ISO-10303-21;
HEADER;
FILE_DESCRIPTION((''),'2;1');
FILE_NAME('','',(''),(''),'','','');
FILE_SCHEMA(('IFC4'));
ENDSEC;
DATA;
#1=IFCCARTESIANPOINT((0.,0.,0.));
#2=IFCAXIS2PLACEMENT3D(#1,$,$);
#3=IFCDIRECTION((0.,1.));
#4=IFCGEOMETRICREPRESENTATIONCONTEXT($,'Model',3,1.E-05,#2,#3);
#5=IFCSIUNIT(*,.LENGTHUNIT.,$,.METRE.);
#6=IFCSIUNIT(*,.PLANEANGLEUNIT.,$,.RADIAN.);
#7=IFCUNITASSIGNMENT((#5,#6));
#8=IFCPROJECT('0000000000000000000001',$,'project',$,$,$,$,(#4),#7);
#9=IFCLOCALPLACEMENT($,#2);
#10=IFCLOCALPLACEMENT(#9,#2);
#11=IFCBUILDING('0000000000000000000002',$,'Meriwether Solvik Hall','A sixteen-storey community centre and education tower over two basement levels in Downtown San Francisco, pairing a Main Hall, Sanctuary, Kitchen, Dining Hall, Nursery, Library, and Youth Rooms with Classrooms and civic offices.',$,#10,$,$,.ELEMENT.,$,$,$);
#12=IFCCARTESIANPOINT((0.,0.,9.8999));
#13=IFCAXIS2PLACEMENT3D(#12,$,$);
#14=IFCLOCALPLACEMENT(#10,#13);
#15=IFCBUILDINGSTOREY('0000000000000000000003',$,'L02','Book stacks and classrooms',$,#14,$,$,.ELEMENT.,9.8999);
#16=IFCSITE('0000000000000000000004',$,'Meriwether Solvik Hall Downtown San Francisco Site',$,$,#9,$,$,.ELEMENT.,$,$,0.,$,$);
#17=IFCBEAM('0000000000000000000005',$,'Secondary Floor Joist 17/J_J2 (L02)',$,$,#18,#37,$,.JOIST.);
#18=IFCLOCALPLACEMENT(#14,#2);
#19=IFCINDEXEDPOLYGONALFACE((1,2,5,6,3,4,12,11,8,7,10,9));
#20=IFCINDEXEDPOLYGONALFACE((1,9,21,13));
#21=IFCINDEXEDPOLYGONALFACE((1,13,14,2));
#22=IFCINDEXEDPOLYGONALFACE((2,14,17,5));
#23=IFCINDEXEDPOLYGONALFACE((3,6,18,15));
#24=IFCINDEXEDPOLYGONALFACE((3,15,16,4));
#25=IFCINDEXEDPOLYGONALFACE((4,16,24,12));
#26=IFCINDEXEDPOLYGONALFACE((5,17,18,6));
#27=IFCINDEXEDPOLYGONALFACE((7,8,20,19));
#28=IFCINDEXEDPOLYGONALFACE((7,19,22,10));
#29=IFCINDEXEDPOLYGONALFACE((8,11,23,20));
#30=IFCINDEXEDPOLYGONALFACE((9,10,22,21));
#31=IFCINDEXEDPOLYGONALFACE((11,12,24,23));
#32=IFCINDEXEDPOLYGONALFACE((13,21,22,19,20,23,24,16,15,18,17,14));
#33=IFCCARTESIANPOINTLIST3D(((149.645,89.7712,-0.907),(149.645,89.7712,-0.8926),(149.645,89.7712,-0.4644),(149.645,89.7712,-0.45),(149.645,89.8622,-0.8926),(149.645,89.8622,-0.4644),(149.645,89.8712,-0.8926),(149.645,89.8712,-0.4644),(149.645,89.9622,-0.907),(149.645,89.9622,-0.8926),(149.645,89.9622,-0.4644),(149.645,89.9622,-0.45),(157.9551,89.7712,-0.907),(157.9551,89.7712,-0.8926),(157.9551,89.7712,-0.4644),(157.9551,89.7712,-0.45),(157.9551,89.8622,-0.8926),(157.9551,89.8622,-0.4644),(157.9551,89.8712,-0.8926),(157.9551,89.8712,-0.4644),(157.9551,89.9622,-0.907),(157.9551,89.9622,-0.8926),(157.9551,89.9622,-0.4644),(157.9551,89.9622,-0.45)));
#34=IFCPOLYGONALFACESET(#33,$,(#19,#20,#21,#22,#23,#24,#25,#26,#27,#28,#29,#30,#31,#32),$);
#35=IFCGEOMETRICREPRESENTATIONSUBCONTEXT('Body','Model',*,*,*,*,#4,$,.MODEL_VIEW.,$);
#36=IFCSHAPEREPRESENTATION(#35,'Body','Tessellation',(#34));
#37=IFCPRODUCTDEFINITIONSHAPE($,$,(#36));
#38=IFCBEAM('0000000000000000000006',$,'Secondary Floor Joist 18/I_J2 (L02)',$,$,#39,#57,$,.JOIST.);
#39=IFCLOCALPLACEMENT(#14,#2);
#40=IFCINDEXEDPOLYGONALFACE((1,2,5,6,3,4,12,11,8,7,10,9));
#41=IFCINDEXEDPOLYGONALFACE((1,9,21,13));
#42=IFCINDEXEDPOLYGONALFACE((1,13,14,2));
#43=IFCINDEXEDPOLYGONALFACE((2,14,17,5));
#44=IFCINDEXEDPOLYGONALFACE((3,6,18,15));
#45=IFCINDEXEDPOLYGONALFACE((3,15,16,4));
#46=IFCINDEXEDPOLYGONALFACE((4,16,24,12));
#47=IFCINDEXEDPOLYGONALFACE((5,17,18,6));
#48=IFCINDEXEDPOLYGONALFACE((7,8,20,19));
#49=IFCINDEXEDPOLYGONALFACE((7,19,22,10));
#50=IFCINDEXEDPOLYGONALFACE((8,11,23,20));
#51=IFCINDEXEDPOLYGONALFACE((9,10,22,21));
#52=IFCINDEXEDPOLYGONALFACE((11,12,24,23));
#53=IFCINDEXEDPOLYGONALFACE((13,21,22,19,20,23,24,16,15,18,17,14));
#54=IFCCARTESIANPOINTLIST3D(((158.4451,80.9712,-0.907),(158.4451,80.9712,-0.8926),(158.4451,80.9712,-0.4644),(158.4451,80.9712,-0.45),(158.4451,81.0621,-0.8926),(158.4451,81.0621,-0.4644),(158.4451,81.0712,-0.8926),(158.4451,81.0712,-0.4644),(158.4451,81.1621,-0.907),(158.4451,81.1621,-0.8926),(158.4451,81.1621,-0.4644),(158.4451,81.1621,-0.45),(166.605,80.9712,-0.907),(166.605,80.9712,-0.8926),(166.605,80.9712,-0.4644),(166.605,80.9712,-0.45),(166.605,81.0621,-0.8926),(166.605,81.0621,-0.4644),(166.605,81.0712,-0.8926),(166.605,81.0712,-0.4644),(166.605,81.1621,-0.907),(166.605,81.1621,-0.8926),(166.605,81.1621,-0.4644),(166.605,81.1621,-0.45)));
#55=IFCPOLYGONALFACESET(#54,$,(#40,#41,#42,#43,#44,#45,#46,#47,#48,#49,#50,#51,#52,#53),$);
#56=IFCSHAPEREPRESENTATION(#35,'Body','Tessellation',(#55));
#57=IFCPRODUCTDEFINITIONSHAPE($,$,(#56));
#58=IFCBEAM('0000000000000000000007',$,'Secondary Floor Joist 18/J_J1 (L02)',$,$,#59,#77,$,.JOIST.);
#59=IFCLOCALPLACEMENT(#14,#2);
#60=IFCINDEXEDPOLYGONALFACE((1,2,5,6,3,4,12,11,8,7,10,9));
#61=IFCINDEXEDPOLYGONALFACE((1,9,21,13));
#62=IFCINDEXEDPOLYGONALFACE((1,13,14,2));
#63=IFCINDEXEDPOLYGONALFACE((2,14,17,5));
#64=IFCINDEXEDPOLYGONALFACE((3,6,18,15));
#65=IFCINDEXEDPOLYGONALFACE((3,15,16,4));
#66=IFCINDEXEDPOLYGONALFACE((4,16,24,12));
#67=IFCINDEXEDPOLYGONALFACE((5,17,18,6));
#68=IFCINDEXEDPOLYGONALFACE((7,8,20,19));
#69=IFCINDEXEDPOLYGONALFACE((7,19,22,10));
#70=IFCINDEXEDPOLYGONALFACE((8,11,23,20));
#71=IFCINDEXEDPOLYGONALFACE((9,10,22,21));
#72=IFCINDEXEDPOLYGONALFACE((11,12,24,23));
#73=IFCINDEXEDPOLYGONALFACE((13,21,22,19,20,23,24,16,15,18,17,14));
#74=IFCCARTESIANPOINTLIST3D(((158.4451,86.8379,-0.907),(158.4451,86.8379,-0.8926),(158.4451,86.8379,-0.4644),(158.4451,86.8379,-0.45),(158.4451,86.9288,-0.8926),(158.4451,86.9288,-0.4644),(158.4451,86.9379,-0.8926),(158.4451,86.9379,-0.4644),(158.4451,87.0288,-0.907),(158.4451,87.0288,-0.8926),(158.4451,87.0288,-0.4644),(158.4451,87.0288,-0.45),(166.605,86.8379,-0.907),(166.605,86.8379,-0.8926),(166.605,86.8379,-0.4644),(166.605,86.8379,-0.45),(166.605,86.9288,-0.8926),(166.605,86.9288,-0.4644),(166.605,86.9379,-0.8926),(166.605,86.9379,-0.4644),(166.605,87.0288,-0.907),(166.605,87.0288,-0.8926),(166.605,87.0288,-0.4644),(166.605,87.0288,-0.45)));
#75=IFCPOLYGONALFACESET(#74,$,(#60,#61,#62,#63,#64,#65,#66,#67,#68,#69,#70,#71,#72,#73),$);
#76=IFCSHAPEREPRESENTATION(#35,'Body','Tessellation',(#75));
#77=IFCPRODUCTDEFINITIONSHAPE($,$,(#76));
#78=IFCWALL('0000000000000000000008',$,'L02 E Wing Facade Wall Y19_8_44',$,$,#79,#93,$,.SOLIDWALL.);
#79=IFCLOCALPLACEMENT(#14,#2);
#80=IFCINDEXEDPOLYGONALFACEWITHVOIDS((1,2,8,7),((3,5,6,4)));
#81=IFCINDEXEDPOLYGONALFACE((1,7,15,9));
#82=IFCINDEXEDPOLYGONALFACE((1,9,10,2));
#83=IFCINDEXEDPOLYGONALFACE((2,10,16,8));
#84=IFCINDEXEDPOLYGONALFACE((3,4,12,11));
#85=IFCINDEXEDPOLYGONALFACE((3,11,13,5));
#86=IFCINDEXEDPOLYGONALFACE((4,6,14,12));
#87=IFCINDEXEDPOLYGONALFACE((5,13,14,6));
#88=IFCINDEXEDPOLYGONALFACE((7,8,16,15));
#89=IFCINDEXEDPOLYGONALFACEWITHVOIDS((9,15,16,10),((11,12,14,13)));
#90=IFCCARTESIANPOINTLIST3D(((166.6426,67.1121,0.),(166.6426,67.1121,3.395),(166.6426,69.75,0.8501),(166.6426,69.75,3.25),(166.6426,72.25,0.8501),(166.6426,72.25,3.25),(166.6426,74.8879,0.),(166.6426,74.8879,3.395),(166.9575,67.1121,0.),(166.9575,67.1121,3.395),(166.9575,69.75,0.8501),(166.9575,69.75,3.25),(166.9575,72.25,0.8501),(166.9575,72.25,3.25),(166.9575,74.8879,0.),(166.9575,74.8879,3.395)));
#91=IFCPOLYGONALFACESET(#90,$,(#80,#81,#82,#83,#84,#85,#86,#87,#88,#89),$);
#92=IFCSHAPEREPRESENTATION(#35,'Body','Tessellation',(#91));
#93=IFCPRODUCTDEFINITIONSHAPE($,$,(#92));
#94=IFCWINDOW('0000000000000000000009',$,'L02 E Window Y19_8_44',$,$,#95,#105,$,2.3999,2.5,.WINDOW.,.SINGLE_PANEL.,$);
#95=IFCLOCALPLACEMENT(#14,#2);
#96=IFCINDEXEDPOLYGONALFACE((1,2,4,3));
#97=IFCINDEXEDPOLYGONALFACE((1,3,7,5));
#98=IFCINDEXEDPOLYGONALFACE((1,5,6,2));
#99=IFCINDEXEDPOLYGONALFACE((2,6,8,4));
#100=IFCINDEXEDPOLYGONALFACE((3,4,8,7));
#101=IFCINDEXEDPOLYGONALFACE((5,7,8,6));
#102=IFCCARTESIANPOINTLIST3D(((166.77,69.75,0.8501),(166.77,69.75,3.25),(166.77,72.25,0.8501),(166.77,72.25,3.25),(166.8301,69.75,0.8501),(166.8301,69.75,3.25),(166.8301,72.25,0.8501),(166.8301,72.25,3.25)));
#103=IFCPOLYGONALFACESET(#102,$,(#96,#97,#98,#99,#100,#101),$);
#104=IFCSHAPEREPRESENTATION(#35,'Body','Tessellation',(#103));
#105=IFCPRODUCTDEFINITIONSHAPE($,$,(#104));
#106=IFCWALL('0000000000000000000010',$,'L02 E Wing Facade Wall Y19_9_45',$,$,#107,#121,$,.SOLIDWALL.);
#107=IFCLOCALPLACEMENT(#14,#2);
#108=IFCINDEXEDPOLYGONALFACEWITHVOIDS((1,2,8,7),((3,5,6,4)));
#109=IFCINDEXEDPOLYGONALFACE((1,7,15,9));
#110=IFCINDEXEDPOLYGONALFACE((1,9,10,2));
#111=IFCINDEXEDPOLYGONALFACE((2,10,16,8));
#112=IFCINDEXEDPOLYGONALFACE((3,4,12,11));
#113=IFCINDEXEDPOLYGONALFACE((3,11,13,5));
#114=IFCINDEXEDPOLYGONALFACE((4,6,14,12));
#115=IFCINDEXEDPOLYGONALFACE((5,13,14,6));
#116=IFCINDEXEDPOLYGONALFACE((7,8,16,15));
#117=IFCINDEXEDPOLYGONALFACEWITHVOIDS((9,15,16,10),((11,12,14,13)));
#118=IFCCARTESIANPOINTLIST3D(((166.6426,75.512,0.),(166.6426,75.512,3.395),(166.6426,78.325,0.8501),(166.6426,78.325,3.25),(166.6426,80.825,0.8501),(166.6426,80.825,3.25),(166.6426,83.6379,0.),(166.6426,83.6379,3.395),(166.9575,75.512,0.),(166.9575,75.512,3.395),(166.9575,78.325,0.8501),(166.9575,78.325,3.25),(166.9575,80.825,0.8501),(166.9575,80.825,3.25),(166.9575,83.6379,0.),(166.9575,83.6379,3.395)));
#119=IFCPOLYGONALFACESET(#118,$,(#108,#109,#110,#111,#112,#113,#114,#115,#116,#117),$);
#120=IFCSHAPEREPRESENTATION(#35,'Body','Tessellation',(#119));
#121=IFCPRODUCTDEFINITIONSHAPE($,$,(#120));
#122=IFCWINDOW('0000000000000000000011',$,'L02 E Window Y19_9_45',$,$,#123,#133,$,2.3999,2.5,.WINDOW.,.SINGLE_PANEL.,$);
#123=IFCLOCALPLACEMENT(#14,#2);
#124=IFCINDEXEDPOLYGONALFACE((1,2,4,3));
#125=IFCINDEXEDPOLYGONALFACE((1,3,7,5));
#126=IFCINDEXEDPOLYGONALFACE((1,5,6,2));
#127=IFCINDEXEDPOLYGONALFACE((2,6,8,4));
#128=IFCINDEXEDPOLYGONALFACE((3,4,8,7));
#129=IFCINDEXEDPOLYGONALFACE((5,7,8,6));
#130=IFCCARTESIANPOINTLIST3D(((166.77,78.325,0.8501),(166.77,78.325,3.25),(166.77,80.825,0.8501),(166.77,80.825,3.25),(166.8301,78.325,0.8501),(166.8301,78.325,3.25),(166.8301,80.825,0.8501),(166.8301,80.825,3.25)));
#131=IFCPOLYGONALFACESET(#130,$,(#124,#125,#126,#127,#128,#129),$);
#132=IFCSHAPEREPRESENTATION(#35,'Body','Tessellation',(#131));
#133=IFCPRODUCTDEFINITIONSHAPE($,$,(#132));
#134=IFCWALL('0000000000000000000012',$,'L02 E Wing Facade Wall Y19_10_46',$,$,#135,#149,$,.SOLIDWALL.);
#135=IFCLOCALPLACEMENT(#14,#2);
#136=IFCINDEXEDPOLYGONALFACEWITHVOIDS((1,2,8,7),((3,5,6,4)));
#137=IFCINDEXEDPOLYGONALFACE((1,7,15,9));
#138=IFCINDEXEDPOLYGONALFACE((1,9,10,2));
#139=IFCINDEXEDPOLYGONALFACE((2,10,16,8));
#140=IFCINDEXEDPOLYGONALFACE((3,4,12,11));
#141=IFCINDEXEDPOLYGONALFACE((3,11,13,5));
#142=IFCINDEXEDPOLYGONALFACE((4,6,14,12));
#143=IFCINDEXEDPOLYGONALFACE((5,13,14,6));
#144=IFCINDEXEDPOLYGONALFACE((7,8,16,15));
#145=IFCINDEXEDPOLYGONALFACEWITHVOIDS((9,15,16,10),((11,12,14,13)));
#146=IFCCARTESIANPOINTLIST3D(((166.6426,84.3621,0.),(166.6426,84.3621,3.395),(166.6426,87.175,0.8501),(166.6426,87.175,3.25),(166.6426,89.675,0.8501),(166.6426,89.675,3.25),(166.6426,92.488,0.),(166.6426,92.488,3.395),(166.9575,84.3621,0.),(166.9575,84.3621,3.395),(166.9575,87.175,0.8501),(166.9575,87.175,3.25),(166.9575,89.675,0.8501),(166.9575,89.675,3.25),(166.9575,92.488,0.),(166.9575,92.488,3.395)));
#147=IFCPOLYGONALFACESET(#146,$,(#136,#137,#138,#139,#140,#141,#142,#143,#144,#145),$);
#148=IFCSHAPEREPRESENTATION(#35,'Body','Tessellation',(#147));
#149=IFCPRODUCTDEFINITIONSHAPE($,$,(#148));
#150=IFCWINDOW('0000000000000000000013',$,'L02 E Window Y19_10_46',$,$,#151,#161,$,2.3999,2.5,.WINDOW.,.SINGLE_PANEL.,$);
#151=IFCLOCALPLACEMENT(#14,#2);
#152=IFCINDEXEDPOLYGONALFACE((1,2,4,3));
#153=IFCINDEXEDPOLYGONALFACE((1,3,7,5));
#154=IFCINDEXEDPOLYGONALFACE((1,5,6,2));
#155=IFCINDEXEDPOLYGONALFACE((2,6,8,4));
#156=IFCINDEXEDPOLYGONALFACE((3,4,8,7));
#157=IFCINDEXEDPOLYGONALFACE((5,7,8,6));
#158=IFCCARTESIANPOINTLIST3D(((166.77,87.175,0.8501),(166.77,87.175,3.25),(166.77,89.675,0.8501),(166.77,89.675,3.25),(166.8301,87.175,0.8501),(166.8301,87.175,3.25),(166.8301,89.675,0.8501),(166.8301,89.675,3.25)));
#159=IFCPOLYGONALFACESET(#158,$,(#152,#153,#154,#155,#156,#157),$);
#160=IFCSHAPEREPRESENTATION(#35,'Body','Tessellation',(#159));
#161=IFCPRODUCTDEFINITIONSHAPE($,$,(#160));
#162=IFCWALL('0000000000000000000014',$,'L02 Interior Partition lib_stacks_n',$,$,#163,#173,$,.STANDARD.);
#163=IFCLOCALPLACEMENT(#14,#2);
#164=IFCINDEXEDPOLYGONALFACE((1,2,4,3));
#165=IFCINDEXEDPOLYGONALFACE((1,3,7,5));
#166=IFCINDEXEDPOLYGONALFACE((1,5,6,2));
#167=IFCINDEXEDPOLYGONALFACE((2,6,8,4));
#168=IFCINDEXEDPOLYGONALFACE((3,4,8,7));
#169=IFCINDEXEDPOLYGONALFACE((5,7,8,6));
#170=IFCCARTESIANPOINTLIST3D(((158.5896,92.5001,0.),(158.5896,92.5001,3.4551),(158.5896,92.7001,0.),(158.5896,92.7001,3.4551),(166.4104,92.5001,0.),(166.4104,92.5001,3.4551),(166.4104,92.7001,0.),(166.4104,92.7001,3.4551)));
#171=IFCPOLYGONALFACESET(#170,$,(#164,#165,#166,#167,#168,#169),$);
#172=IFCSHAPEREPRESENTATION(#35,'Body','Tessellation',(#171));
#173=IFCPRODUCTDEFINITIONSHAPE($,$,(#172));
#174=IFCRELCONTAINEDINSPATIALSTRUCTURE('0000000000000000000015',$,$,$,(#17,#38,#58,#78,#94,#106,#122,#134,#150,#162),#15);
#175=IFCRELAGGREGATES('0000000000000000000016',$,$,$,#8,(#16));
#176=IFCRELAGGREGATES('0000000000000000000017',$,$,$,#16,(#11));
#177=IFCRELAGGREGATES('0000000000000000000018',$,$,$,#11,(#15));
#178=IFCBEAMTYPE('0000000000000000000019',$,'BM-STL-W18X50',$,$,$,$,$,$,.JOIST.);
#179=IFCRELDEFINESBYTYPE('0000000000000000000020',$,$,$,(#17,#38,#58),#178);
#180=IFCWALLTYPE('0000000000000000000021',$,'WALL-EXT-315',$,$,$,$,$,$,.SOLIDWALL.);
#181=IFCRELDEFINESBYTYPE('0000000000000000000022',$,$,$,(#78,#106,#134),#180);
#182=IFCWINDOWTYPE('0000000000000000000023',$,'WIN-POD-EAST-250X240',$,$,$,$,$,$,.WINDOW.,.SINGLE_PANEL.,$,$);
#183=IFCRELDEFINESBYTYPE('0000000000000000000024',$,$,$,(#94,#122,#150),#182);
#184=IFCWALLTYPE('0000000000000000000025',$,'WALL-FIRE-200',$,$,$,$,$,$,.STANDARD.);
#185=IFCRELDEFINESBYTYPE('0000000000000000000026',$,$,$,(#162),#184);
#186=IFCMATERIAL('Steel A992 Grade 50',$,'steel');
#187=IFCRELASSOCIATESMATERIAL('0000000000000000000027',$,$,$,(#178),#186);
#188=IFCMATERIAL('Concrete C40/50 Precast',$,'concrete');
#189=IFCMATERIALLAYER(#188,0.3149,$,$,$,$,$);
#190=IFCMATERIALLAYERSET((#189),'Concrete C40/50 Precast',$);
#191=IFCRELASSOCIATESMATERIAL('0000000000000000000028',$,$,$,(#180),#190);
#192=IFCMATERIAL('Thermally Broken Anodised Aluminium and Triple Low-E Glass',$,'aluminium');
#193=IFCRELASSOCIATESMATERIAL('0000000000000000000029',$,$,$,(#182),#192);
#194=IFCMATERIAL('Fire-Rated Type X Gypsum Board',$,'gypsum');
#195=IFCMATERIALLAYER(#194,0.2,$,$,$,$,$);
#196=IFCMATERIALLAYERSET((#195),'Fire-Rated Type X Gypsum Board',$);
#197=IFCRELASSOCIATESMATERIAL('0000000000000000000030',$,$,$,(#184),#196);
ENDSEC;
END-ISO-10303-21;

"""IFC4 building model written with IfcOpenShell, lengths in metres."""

from ifc_helpers import new_model, si_unit, direction, frame, frame_2d, origin, origin_2d, place, context, subcontext, project, spatial, rectangle, i_section, extrude, material, layer, layer_set, material_profile, profile_set, type_object, element, fill, save


model = new_model("IFC4")

# Units and contexts
model_context = context("Model", 3, precision=1e-05, world=origin(), true_north=direction((0.0, 1.0)))
body_context = subcontext(model_context, "Body", "Model", "MODEL_VIEW")
ifc_project = project(units=[si_unit("LENGTHUNIT", "METRE"), si_unit("PLANEANGLEUNIT", "RADIAN")], contexts=[model_context])

# Site, building, storey
site_placement = place(None, origin())
site = spatial("IfcSite", under=ifc_project, at=site_placement, Name="Meriwether Solvik Hall Downtown San Francisco Site", CompositionType="ELEMENT", RefElevation=0.0)
building_placement = place(site_placement, origin())
building = spatial("IfcBuilding", under=site, at=building_placement, Name="Meriwether Solvik Hall", Description="A sixteen-storey community centre and education tower over two basement levels in Downtown San Francisco, pairing a Main Hall, Sanctuary, Kitchen, Dining Hall, Nursery, Library, and Youth Rooms with Classrooms and civic offices.", CompositionType="ELEMENT")
storey_placement = place(building_placement, frame((0.0, 0.0, 9.8999)))
storey = spatial("IfcBuildingStorey", under=building, at=storey_placement, Name="L02", Description="Book stacks and classrooms", CompositionType="ELEMENT", Elevation=9.8999)

# Beams
ifc_material_1 = material(Name="Steel A992 Grade 50", Category="steel")
ifc_material_profile_1 = material_profile(ifc_material_1, i_section(OverallWidth=0.1909, OverallDepth=0.457, WebThickness=0.009, FlangeThickness=0.0144, at=origin_2d()), Name="W18X50")
ifc_profile_set_1 = profile_set([ifc_material_profile_1], Name="Steel A992 Grade 50")
beam_type_1 = type_object("IfcBeamType", Name="BM-STL-W18X50", PredefinedType="JOIST", material=ifc_profile_set_1)
beam_placement = place(storey_placement, frame((149.645, 89.8667, -0.6785), z_axis=(1.0, 0.0, 0.0), x_axis=(0.0, 1.0, 0.0)))
element("IfcBeam", 1, at=beam_placement, inside=storey, type_object=beam_type_1, Name="Secondary Floor Joist 17/J_J2 (L02)", PredefinedType="JOIST", context=body_context, shape_type="SweptSolid", body=[
    extrude(i_section(OverallWidth=0.1909, OverallDepth=0.457, WebThickness=0.009, FlangeThickness=0.0144, at=origin_2d()), origin(), (0.0, 0.0, 1.0), 8.3101),
])
for number, where, z_axis, x_axis, name in (
    (2, (158.4451, 81.0667, -0.6785), (1.0, 0.0, 0.0), (0.0, 1.0, 0.0), "Secondary Floor Joist 18/I_J2 (L02)"),
    (3, (158.4451, 86.9333, -0.6785), (1.0, 0.0, 0.0), (0.0, 1.0, 0.0), "Secondary Floor Joist 18/J_J1 (L02)"),
):
    element("IfcBeam", number, at=place(storey_placement, frame(where, z_axis=z_axis, x_axis=x_axis)), inside=storey, type_object=beam_type_1, Name=name, PredefinedType="JOIST", context=body_context, shape_type="SweptSolid", body=[
        extrude(i_section(OverallWidth=0.1909, OverallDepth=0.457, WebThickness=0.009, FlangeThickness=0.0144, at=origin_2d()), origin(), (0.0, 0.0, 1.0), 8.1599),
    ])

# Walls, openings, windows
ifc_material_2 = material(Name="Concrete C40/50 Precast", Category="concrete")
ifc_layer_1 = layer(ifc_material_2, 0.3149)
ifc_layer_set_1 = layer_set([ifc_layer_1], Name="Concrete C40/50 Precast")
wall_type_1 = type_object("IfcWallType", Name="WALL-EXT-315", PredefinedType="SOLIDWALL", material=ifc_layer_set_1)
wall_1_placement = place(storey_placement, frame((166.8, 74.8879, 0.0), z_axis=(0.0, 0.0, 1.0), x_axis=(0.0, -1.0, 0.0)))
wall_1 = element("IfcWall", 4, at=wall_1_placement, inside=storey, type_object=wall_type_1, Name="L02 E Wing Facade Wall Y19_8_44", PredefinedType="SOLIDWALL", context=body_context, shape_type="SweptSolid", body=[
    extrude(rectangle(XDim=7.7759, YDim=0.3149, at=frame_2d((3.8879, 0.0))), origin(), (0.0, 0.0, 1.0), 3.395),
])
opening_1_placement = place(wall_1_placement, frame((2.6379, 0.0, 0.8501)))
opening_1 = element("IfcOpeningElement", 5, at=opening_1_placement, cuts=wall_1, PredefinedType="OPENING", context=body_context, shape_type="SweptSolid", body=[
    extrude(rectangle(XDim=2.5, YDim=2.3999, at=frame_2d((1.25, 1.2))), frame((0.0, 0.1694, 0.0), z_axis=(0.0, -1.0, 0.0), x_axis=(1.0, 0.0, 0.0)), (0.0, 0.0, 1.0), 0.3389),
])
ifc_material_3 = material(Name="Thermally Broken Anodised Aluminium and Triple Low-E Glass", Category="aluminium")
window_type = type_object("IfcWindowType", Name="WIN-POD-EAST-250X240", PartitioningType="SINGLE_PANEL", PredefinedType="WINDOW", material=ifc_material_3)
window_1_placement = place(opening_1_placement, origin())
window_1 = element("IfcWindow", 6, at=window_1_placement, inside=storey, type_object=window_type, Name="L02 E Window Y19_8_44", OverallHeight=2.3999, OverallWidth=2.5, PartitioningType="SINGLE_PANEL", PredefinedType="WINDOW", context=body_context, shape_type="SweptSolid", body=[
    extrude(rectangle(XDim=2.5, YDim=2.3999, at=frame_2d((1.25, 1.2))), frame((0.0, 0.03, 0.0), z_axis=(0.0, -1.0, 0.0), x_axis=(1.0, 0.0, 0.0)), (0.0, 0.0, 1.0), 0.0601),
])
fill(opening_1, window_1)
wall_2_placement = place(storey_placement, frame((166.8, 83.6379, 0.0), z_axis=(0.0, 0.0, 1.0), x_axis=(0.0, -1.0, 0.0)))
wall_2 = element("IfcWall", 7, at=wall_2_placement, inside=storey, type_object=wall_type_1, Name="L02 E Wing Facade Wall Y19_9_45", PredefinedType="SOLIDWALL", context=body_context, shape_type="SweptSolid", body=[
    extrude(rectangle(XDim=8.126, YDim=0.3149, at=frame_2d((4.063, 0.0))), origin(), (0.0, 0.0, 1.0), 3.395),
])
opening_2_placement = place(wall_2_placement, frame((2.813, 0.0, 0.8501)))
opening_2 = element("IfcOpeningElement", 8, at=opening_2_placement, cuts=wall_2, PredefinedType="OPENING", context=body_context, shape_type="SweptSolid", body=[
    extrude(rectangle(XDim=2.5, YDim=2.3999, at=frame_2d((1.25, 1.2))), frame((0.0, 0.1694, 0.0), z_axis=(0.0, -1.0, 0.0), x_axis=(1.0, 0.0, 0.0)), (0.0, 0.0, 1.0), 0.3389),
])
window_2_placement = place(opening_2_placement, origin())
window_2 = element("IfcWindow", 9, at=window_2_placement, inside=storey, type_object=window_type, Name="L02 E Window Y19_9_45", OverallHeight=2.3999, OverallWidth=2.5, PartitioningType="SINGLE_PANEL", PredefinedType="WINDOW", context=body_context, shape_type="SweptSolid", body=[
    extrude(rectangle(XDim=2.5, YDim=2.3999, at=frame_2d((1.25, 1.2))), frame((0.0, 0.03, 0.0), z_axis=(0.0, -1.0, 0.0), x_axis=(1.0, 0.0, 0.0)), (0.0, 0.0, 1.0), 0.0601),
])
fill(opening_2, window_2)
wall_3_placement = place(storey_placement, frame((166.8, 92.488, 0.0), z_axis=(0.0, 0.0, 1.0), x_axis=(0.0, -1.0, 0.0)))
wall_3 = element("IfcWall", 10, at=wall_3_placement, inside=storey, type_object=wall_type_1, Name="L02 E Wing Facade Wall Y19_10_46", PredefinedType="SOLIDWALL", context=body_context, shape_type="SweptSolid", body=[
    extrude(rectangle(XDim=8.126, YDim=0.3149, at=frame_2d((4.063, 0.0))), origin(), (0.0, 0.0, 1.0), 3.395),
])
opening_3_placement = place(wall_3_placement, frame((2.813, 0.0, 0.8501)))
opening_3 = element("IfcOpeningElement", 11, at=opening_3_placement, cuts=wall_3, PredefinedType="OPENING", context=body_context, shape_type="SweptSolid", body=[
    extrude(rectangle(XDim=2.5, YDim=2.3999, at=frame_2d((1.25, 1.2))), frame((0.0, 0.1694, 0.0), z_axis=(0.0, -1.0, 0.0), x_axis=(1.0, 0.0, 0.0)), (0.0, 0.0, 1.0), 0.3389),
])
window_3_placement = place(opening_3_placement, origin())
window_3 = element("IfcWindow", 12, at=window_3_placement, inside=storey, type_object=window_type, Name="L02 E Window Y19_10_46", OverallHeight=2.3999, OverallWidth=2.5, PartitioningType="SINGLE_PANEL", PredefinedType="WINDOW", context=body_context, shape_type="SweptSolid", body=[
    extrude(rectangle(XDim=2.5, YDim=2.3999, at=frame_2d((1.25, 1.2))), frame((0.0, 0.03, 0.0), z_axis=(0.0, -1.0, 0.0), x_axis=(1.0, 0.0, 0.0)), (0.0, 0.0, 1.0), 0.0601),
])
fill(opening_3, window_3)

# Wall
ifc_material_4 = material(Name="Fire-Rated Type X Gypsum Board", Category="gypsum")
ifc_layer_2 = layer(ifc_material_4, 0.2)
ifc_layer_set_2 = layer_set([ifc_layer_2], Name="Fire-Rated Type X Gypsum Board")
wall_type_2 = type_object("IfcWallType", Name="WALL-FIRE-200", PredefinedType="STANDARD", material=ifc_layer_set_2)
wall_4_placement = place(storey_placement, frame((166.4104, 92.6001, 0.0), z_axis=(0.0, 0.0, 1.0), x_axis=(-1.0, 0.0, 0.0)))
element("IfcWall", 13, at=wall_4_placement, inside=storey, type_object=wall_type_2, Name="L02 Interior Partition lib_stacks_n", PredefinedType="STANDARD", context=body_context, shape_type="SweptSolid", body=[
    extrude(rectangle(XDim=7.8208, YDim=0.2, at=frame_2d((3.9104, 0.0))), origin(), (0.0, 0.0, 1.0), 3.4551),
])

save(model, "model.ifc")
